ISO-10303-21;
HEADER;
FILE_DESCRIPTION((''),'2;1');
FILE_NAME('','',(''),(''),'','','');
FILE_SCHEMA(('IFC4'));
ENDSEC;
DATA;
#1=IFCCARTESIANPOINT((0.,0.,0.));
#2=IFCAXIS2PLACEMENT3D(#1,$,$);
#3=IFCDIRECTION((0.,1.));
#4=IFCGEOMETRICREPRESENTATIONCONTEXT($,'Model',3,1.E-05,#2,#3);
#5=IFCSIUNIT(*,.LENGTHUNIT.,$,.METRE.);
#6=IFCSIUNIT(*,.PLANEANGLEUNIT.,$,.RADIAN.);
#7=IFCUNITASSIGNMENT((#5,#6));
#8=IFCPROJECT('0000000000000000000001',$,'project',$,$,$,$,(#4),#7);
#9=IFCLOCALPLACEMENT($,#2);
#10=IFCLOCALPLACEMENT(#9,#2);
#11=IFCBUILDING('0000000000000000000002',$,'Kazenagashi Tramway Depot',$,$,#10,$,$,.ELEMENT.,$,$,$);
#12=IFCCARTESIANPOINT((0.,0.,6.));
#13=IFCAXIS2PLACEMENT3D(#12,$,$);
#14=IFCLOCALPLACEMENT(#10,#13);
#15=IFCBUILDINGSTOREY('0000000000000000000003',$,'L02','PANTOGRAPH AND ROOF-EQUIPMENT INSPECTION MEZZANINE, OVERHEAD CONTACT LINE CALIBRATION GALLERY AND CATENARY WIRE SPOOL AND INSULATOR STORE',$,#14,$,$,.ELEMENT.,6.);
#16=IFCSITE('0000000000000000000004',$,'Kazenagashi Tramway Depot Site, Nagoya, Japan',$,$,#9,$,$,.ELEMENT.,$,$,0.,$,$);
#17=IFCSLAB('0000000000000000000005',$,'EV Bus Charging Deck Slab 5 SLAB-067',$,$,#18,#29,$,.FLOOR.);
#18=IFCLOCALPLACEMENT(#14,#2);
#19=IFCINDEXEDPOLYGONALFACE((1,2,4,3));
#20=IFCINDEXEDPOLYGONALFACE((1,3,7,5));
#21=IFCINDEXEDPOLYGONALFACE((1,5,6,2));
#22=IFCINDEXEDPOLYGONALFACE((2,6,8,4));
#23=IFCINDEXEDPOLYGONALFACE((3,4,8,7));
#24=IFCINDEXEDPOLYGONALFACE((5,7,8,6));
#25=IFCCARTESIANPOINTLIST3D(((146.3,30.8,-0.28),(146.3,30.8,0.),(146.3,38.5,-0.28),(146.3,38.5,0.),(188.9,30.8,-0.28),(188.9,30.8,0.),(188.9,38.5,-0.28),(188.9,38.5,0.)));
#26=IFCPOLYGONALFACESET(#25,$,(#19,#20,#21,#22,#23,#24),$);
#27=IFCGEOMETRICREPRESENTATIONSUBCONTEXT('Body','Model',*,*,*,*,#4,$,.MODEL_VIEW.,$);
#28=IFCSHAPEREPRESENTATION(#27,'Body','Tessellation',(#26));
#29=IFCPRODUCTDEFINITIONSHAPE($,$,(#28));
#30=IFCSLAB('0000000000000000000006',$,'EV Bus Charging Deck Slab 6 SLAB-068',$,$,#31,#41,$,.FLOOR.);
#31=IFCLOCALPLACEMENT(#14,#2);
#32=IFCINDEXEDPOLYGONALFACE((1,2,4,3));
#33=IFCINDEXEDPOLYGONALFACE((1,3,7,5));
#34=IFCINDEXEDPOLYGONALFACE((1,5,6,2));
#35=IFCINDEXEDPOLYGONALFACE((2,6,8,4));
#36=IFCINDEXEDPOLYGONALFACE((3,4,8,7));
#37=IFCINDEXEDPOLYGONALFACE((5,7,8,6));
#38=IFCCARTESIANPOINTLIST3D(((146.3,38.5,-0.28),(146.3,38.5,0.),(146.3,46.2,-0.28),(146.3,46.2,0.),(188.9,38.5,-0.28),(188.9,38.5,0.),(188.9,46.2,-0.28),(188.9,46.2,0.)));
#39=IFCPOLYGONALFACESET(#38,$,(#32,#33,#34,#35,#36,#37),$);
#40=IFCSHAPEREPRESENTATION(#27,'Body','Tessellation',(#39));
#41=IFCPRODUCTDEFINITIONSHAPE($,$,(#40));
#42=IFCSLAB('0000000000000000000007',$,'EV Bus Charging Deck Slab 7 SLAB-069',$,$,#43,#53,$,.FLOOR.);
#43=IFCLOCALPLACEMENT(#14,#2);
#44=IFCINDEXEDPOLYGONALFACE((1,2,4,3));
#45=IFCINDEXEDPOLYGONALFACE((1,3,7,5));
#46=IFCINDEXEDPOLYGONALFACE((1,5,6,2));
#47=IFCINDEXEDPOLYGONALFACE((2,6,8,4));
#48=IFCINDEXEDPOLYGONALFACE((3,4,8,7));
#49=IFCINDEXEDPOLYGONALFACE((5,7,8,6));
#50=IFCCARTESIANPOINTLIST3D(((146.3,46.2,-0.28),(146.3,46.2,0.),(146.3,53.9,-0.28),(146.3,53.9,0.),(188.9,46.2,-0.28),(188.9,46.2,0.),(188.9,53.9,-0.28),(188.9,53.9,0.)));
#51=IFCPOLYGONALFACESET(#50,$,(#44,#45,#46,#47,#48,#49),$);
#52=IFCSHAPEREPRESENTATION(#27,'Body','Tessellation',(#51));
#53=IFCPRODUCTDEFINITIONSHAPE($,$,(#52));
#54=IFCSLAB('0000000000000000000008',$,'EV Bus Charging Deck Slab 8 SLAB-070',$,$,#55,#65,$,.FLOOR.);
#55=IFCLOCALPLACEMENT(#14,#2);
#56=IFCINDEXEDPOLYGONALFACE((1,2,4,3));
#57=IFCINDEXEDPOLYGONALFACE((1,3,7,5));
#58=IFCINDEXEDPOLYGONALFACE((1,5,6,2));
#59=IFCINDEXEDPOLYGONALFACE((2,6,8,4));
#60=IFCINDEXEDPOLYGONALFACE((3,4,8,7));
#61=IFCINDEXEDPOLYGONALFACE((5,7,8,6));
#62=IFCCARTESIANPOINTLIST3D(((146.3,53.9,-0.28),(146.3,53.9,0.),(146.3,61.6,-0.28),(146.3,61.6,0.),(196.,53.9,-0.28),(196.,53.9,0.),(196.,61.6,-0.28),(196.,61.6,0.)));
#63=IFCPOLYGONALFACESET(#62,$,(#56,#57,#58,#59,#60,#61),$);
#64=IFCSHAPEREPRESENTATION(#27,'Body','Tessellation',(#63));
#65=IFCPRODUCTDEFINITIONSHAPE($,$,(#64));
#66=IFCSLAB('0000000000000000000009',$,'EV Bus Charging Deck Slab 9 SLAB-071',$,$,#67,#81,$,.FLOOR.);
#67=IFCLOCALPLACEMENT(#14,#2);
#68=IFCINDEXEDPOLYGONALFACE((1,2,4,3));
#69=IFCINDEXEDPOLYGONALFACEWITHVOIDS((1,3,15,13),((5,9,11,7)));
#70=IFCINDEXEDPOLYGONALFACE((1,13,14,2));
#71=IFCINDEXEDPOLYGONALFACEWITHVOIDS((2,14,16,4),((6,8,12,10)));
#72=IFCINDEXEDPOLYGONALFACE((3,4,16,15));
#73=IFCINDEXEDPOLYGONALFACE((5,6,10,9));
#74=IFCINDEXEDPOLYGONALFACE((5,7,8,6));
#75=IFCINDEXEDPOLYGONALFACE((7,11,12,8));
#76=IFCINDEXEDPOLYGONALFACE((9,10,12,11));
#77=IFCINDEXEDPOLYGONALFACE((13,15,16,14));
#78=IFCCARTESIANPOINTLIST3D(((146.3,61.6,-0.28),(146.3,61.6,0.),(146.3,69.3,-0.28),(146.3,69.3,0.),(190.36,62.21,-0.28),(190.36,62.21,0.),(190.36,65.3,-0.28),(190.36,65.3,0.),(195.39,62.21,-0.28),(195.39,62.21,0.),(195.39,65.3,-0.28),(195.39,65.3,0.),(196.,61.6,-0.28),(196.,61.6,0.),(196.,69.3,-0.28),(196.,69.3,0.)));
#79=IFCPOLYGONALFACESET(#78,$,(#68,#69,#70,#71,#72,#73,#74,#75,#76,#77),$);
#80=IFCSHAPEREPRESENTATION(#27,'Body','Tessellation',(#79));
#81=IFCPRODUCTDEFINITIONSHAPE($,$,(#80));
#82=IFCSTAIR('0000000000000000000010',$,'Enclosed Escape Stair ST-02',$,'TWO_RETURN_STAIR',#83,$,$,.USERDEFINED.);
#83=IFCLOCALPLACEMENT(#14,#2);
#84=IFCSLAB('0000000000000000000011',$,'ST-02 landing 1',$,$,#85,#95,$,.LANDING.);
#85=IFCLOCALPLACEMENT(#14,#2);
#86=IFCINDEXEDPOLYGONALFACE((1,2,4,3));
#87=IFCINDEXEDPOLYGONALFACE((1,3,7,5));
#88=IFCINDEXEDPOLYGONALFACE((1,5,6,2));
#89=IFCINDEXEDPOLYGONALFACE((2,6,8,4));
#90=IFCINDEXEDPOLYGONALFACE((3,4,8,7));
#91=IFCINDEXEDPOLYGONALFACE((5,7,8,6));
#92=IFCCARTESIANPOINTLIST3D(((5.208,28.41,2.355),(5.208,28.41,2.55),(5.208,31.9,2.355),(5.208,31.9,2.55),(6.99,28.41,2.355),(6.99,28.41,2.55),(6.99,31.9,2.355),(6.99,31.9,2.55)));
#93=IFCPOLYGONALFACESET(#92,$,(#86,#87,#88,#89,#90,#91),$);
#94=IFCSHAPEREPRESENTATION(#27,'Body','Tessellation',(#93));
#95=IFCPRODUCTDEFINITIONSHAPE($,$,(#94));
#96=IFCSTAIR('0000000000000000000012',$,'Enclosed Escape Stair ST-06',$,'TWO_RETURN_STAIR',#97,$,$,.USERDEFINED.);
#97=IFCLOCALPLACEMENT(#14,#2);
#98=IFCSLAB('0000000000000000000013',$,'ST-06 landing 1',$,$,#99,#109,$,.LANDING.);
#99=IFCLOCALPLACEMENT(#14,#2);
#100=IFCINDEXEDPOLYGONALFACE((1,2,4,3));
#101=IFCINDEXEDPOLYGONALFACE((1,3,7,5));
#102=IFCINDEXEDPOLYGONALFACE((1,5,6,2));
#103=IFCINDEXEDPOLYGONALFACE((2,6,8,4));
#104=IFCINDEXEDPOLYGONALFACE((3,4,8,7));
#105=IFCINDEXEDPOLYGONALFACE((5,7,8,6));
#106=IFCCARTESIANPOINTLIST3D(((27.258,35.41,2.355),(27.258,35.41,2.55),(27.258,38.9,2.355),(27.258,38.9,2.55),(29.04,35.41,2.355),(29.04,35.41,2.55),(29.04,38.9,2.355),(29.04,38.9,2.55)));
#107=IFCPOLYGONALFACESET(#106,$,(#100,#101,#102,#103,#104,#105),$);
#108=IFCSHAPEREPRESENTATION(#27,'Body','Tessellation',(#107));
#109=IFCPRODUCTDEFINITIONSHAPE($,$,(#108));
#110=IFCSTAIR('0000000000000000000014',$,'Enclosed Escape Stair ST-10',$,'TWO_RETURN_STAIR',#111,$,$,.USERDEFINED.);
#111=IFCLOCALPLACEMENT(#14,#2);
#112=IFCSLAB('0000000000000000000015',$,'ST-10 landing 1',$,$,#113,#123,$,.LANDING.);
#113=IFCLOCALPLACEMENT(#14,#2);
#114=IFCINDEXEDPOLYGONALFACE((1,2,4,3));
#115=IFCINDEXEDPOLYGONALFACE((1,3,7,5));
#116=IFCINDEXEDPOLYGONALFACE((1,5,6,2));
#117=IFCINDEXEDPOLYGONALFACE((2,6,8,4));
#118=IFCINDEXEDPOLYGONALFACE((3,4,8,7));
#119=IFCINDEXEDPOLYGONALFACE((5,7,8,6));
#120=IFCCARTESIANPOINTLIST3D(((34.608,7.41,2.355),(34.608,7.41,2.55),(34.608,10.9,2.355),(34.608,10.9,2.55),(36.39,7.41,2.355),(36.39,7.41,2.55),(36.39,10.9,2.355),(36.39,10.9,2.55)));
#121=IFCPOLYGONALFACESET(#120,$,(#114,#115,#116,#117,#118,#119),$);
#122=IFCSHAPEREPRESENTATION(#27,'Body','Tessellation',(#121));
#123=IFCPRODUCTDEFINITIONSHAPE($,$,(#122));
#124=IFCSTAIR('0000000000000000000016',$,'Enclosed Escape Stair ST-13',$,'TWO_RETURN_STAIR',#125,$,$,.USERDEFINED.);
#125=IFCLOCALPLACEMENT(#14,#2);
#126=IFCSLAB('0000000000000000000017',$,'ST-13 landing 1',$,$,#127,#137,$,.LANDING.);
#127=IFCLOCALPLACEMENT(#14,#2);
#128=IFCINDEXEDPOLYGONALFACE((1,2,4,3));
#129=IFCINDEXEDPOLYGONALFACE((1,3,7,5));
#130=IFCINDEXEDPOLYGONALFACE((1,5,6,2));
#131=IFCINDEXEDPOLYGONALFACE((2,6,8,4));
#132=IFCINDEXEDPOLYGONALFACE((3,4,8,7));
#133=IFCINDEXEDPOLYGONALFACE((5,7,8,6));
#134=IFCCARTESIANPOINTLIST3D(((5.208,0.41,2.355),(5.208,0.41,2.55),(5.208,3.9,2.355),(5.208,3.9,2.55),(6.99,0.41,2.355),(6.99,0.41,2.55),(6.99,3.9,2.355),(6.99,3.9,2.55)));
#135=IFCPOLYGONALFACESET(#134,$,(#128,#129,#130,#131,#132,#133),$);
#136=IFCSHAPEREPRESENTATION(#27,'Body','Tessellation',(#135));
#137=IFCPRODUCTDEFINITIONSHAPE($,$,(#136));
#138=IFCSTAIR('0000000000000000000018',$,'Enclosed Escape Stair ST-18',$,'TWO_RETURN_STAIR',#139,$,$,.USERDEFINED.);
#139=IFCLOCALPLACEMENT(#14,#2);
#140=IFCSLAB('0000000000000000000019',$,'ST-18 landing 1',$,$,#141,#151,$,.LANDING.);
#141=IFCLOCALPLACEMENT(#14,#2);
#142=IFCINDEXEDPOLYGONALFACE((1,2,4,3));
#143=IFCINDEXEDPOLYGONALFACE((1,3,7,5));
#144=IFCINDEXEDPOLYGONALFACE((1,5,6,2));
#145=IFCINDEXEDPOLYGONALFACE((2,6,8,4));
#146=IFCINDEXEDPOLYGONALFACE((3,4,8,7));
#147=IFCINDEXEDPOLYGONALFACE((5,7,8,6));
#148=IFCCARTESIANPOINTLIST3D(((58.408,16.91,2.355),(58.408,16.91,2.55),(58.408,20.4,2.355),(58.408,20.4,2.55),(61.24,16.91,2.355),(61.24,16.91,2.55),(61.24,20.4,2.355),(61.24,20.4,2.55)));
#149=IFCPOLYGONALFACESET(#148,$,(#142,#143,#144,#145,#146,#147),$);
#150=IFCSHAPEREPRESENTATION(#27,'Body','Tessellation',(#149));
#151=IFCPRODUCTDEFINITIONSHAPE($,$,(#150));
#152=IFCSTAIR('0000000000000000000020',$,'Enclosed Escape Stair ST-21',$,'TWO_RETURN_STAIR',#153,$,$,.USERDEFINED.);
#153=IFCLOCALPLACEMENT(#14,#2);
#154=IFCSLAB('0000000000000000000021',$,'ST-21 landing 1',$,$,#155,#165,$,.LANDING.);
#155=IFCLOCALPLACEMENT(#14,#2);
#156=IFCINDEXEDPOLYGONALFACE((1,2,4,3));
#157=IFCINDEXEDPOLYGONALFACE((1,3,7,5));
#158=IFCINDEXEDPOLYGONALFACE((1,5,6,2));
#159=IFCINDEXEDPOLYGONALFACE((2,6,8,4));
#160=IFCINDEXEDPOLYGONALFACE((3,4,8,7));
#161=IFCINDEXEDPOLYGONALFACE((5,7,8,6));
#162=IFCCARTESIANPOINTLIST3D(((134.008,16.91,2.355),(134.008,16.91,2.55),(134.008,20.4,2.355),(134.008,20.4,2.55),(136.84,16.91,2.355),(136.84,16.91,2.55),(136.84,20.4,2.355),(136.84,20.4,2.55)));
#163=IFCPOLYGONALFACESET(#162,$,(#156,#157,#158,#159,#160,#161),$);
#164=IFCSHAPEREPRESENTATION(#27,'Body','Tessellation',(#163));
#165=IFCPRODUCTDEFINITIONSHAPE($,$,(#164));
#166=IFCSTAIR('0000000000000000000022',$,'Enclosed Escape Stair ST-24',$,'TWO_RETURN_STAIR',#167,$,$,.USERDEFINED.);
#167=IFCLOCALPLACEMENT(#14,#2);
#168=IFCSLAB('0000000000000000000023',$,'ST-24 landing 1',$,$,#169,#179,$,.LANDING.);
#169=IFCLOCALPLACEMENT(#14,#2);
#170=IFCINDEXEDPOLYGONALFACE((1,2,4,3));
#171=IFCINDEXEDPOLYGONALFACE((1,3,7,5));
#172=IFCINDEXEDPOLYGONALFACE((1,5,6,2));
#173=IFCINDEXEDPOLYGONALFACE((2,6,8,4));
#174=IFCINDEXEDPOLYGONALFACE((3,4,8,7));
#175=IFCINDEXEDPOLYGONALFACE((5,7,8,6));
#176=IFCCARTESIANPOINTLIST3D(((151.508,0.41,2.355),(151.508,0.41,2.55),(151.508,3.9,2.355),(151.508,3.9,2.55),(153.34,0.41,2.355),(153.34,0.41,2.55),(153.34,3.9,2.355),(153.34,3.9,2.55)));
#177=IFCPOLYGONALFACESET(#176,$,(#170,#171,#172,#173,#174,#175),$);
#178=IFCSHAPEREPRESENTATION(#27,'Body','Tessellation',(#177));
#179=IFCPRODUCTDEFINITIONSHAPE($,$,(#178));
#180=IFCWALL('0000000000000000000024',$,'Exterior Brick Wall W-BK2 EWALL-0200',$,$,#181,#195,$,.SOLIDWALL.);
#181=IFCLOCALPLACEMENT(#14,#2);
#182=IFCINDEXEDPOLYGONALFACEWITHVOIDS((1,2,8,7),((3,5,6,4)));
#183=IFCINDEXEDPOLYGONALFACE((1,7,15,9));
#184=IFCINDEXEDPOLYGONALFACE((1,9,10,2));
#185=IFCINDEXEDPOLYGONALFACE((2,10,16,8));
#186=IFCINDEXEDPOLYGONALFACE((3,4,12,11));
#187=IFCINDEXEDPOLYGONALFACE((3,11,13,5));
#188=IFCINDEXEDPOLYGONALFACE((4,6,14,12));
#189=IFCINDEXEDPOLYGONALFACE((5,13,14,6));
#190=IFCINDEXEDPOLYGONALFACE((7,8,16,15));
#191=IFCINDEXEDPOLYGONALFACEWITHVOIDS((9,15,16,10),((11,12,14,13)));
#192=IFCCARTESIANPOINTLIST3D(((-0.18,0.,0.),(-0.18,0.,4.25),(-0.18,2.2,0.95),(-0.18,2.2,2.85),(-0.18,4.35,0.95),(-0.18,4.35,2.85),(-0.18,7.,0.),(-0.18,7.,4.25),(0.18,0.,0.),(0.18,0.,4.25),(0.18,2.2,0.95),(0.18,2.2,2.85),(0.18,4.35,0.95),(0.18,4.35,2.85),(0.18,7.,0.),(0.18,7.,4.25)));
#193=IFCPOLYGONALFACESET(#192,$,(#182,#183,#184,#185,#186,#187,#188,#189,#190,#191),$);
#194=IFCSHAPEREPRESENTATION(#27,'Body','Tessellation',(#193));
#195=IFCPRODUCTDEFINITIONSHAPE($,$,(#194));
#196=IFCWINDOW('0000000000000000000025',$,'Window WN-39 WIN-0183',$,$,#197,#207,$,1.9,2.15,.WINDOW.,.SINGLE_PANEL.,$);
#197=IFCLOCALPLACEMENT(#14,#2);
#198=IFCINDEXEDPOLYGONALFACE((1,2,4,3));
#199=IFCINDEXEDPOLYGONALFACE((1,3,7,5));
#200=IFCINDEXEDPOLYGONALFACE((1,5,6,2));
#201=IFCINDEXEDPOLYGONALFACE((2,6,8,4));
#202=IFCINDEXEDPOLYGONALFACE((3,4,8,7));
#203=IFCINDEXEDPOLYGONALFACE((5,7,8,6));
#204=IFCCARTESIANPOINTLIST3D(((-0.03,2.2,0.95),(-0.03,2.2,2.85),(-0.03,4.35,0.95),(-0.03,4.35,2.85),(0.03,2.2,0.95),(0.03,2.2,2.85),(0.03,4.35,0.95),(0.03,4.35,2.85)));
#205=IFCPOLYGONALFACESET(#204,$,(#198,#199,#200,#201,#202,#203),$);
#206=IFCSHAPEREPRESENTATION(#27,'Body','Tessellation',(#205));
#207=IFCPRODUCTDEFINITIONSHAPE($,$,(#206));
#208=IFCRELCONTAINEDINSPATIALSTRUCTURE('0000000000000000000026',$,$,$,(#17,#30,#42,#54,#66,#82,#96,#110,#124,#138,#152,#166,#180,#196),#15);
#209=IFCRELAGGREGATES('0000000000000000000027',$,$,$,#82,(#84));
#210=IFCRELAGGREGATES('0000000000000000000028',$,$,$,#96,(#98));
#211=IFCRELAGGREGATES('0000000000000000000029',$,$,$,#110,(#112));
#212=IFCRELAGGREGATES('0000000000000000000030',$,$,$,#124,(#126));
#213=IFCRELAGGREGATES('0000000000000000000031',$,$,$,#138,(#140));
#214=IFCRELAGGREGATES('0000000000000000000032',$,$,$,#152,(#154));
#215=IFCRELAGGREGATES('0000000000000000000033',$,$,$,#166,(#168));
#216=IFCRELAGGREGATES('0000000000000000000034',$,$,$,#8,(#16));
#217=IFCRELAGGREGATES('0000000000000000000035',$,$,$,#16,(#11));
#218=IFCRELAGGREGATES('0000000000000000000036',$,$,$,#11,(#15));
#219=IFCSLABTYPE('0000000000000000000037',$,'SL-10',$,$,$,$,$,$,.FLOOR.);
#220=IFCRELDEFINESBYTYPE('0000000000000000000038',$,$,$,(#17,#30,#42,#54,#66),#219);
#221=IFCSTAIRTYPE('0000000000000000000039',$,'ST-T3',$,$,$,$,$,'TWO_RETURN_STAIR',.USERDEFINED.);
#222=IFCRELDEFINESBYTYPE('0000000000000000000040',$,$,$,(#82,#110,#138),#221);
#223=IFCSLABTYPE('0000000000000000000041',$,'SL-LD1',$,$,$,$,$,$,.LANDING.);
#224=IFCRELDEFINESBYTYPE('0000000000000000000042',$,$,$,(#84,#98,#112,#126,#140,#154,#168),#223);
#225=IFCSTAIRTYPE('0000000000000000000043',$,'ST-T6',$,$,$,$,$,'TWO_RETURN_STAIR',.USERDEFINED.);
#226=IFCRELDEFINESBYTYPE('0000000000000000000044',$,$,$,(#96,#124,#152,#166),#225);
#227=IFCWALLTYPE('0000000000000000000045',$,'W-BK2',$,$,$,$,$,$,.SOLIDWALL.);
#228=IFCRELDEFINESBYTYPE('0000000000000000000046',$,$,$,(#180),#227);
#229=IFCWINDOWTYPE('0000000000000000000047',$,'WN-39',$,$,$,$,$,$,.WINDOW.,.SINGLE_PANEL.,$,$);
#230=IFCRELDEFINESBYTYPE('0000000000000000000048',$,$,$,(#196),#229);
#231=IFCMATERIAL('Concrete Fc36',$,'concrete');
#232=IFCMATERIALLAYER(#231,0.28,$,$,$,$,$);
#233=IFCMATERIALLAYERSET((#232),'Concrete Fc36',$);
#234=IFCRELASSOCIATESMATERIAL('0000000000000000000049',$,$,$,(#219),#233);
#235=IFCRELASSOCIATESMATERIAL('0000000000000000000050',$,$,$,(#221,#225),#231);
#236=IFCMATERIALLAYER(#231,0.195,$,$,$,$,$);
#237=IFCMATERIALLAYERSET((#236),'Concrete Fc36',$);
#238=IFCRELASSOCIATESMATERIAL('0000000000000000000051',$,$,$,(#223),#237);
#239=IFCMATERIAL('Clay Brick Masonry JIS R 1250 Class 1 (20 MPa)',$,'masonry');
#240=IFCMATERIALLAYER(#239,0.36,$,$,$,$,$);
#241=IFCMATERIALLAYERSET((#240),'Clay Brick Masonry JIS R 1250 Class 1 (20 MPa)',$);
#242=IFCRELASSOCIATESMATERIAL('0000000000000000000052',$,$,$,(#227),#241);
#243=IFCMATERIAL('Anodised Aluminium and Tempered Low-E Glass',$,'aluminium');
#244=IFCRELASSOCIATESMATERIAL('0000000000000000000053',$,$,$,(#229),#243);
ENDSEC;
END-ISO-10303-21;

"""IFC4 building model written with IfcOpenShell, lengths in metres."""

from ifc_helpers import new_model, si_unit, direction, frame, frame_2d, origin, place, context, subcontext, project, spatial, polyline, rectangle, outline, extrude, material, layer, layer_set, type_object, element, fill, aggregate, save


model = new_model("IFC4")

# Units and contexts
model_context = context("Model", 3, precision=1e-05, world=origin(), true_north=direction((0.0, 1.0)))
body_context = subcontext(model_context, "Body", "Model", "MODEL_VIEW")
ifc_project = project(units=[si_unit("LENGTHUNIT", "METRE"), si_unit("PLANEANGLEUNIT", "RADIAN")], contexts=[model_context])

# Site, building, storey
site_placement = place(None, origin())
site = spatial("IfcSite", under=ifc_project, at=site_placement, Name="Kazenagashi Tramway Depot Site, Nagoya, Japan", CompositionType="ELEMENT", RefElevation=0.0)
building_placement = place(site_placement, origin())
building = spatial("IfcBuilding", under=site, at=building_placement, Name="Kazenagashi Tramway Depot", CompositionType="ELEMENT")
storey_placement = place(building_placement, frame((0.0, 0.0, 6.0)))
storey = spatial("IfcBuildingStorey", under=building, at=storey_placement, Name="L02", Description="PANTOGRAPH AND ROOF-EQUIPMENT INSPECTION MEZZANINE, OVERHEAD CONTACT LINE CALIBRATION GALLERY AND CATENARY WIRE SPOOL AND INSULATOR STORE", CompositionType="ELEMENT", Elevation=6.0)

# Slabs
ifc_material_1 = material(Name="Concrete Fc36", Category="concrete")
ifc_layer_1 = layer(ifc_material_1, 0.28)
ifc_layer_set_1 = layer_set([ifc_layer_1], Name="Concrete Fc36")
slab_type_1 = type_object("IfcSlabType", Name="SL-10", PredefinedType="FLOOR", material=ifc_layer_set_1)
slab_1_placement = place(storey_placement, frame((0.0, 0.0, -0.28)))
element("IfcSlab", 1, at=slab_1_placement, inside=storey, type_object=slab_type_1, Name="EV Bus Charging Deck Slab 5 SLAB-067", PredefinedType="FLOOR", context=body_context, shape_type="SweptSolid", body=[
    extrude(outline(polyline([(146.3, 30.8), (188.9, 30.8), (188.9, 38.5), (146.3, 38.5), (146.3, 30.8)])), origin(), (0.0, 0.0, 1.0), 0.28),
])
slab_2_placement = place(storey_placement, frame((0.0, 0.0, -0.28)))
element("IfcSlab", 2, at=slab_2_placement, inside=storey, type_object=slab_type_1, Name="EV Bus Charging Deck Slab 6 SLAB-068", PredefinedType="FLOOR", context=body_context, shape_type="SweptSolid", body=[
    extrude(outline(polyline([(146.3, 38.5), (188.9, 38.5), (188.9, 46.2), (146.3, 46.2), (146.3, 38.5)])), origin(), (0.0, 0.0, 1.0), 0.28),
])
slab_3_placement = place(storey_placement, frame((0.0, 0.0, -0.28)))
element("IfcSlab", 3, at=slab_3_placement, inside=storey, type_object=slab_type_1, Name="EV Bus Charging Deck Slab 7 SLAB-069", PredefinedType="FLOOR", context=body_context, shape_type="SweptSolid", body=[
    extrude(outline(polyline([(146.3, 46.2), (188.9, 46.2), (188.9, 53.9), (146.3, 53.9), (146.3, 46.2)])), origin(), (0.0, 0.0, 1.0), 0.28),
])
slab_4_placement = place(storey_placement, frame((0.0, 0.0, -0.28)))
element("IfcSlab", 4, at=slab_4_placement, inside=storey, type_object=slab_type_1, Name="EV Bus Charging Deck Slab 8 SLAB-070", PredefinedType="FLOOR", context=body_context, shape_type="SweptSolid", body=[
    extrude(outline(polyline([(146.3, 53.9), (196.0, 53.9), (196.0, 61.6), (146.3, 61.6), (146.3, 53.9)])), origin(), (0.0, 0.0, 1.0), 0.28),
])
slab_5_placement = place(storey_placement, frame((0.0, 0.0, -0.28)))
element("IfcSlab", 5, at=slab_5_placement, inside=storey, type_object=slab_type_1, Name="EV Bus Charging Deck Slab 9 SLAB-071", PredefinedType="FLOOR", context=body_context, shape_type="SweptSolid", body=[
    extrude(outline(polyline([(146.3, 69.3), (196.0, 69.3), (196.0, 61.6), (146.3, 61.6), (146.3, 69.3)]), holes=[polyline([(195.39, 65.3), (190.36, 65.3), (190.36, 62.21), (195.39, 62.21), (195.39, 65.3)])]), origin(), (0.0, 0.0, 1.0), 0.28),
])

# Stairs, slabs
stair_type_1 = type_object("IfcStairType", Name="ST-T3", ElementType="TWO_RETURN_STAIR", PredefinedType="USERDEFINED", material=ifc_material_1)
stair_1_placement = place(storey_placement, origin())
stair_1 = element("IfcStair", 6, at=stair_1_placement, inside=storey, type_object=stair_type_1, Name="Enclosed Escape Stair ST-02", ObjectType="TWO_RETURN_STAIR", PredefinedType="USERDEFINED")
ifc_layer_2 = layer(ifc_material_1, 0.195)
ifc_layer_set_2 = layer_set([ifc_layer_2], Name="Concrete Fc36")
slab_type_2 = type_object("IfcSlabType", Name="SL-LD1", PredefinedType="LANDING", material=ifc_layer_set_2)
slab_6_placement = place(storey_placement, frame((0.0, 0.0, 2.355)))
slab_6 = element("IfcSlab", 7, at=slab_6_placement, type_object=slab_type_2, Name="ST-02 landing 1", PredefinedType="LANDING", context=body_context, shape_type="SweptSolid", body=[
    extrude(outline(polyline([(5.208, 28.41), (6.99, 28.41), (6.99, 31.9), (5.208, 31.9), (5.208, 28.41)])), origin(), (0.0, 0.0, 1.0), 0.195),
])
aggregate(stair_1, [slab_6])
stair_type_2 = type_object("IfcStairType", Name="ST-T6", ElementType="TWO_RETURN_STAIR", PredefinedType="USERDEFINED", material=ifc_material_1)
stair_2_placement = place(storey_placement, origin())
stair_2 = element("IfcStair", 8, at=stair_2_placement, inside=storey, type_object=stair_type_2, Name="Enclosed Escape Stair ST-06", ObjectType="TWO_RETURN_STAIR", PredefinedType="USERDEFINED")
slab_7_placement = place(storey_placement, frame((0.0, 0.0, 2.355)))
slab_7 = element("IfcSlab", 9, at=slab_7_placement, type_object=slab_type_2, Name="ST-06 landing 1", PredefinedType="LANDING", context=body_context, shape_type="SweptSolid", body=[
    extrude(outline(polyline([(27.258, 35.41), (29.04, 35.41), (29.04, 38.9), (27.258, 38.9), (27.258, 35.41)])), origin(), (0.0, 0.0, 1.0), 0.195),
])
aggregate(stair_2, [slab_7])
stair_3_placement = place(storey_placement, origin())
stair_3 = element("IfcStair", 10, at=stair_3_placement, inside=storey, type_object=stair_type_1, Name="Enclosed Escape Stair ST-10", ObjectType="TWO_RETURN_STAIR", PredefinedType="USERDEFINED")
slab_8_placement = place(storey_placement, frame((0.0, 0.0, 2.355)))
slab_8 = element("IfcSlab", 11, at=slab_8_placement, type_object=slab_type_2, Name="ST-10 landing 1", PredefinedType="LANDING", context=body_context, shape_type="SweptSolid", body=[
    extrude(outline(polyline([(34.608, 7.41), (36.39, 7.41), (36.39, 10.9), (34.608, 10.9), (34.608, 7.41)])), origin(), (0.0, 0.0, 1.0), 0.195),
])
aggregate(stair_3, [slab_8])
stair_4_placement = place(storey_placement, origin())
stair_4 = element("IfcStair", 12, at=stair_4_placement, inside=storey, type_object=stair_type_2, Name="Enclosed Escape Stair ST-13", ObjectType="TWO_RETURN_STAIR", PredefinedType="USERDEFINED")
slab_9_placement = place(storey_placement, frame((0.0, 0.0, 2.355)))
slab_9 = element("IfcSlab", 13, at=slab_9_placement, type_object=slab_type_2, Name="ST-13 landing 1", PredefinedType="LANDING", context=body_context, shape_type="SweptSolid", body=[
    extrude(outline(polyline([(5.208, 0.41), (6.99, 0.41), (6.99, 3.9), (5.208, 3.9), (5.208, 0.41)])), origin(), (0.0, 0.0, 1.0), 0.195),
])
aggregate(stair_4, [slab_9])
stair_5_placement = place(storey_placement, origin())
stair_5 = element("IfcStair", 14, at=stair_5_placement, inside=storey, type_object=stair_type_1, Name="Enclosed Escape Stair ST-18", ObjectType="TWO_RETURN_STAIR", PredefinedType="USERDEFINED")
slab_10_placement = place(storey_placement, frame((0.0, 0.0, 2.355)))
slab_10 = element("IfcSlab", 15, at=slab_10_placement, type_object=slab_type_2, Name="ST-18 landing 1", PredefinedType="LANDING", context=body_context, shape_type="SweptSolid", body=[
    extrude(outline(polyline([(58.408, 16.91), (61.24, 16.91), (61.24, 20.4), (58.408, 20.4), (58.408, 16.91)])), origin(), (0.0, 0.0, 1.0), 0.195),
])
aggregate(stair_5, [slab_10])
stair_6_placement = place(storey_placement, origin())
stair_6 = element("IfcStair", 16, at=stair_6_placement, inside=storey, type_object=stair_type_2, Name="Enclosed Escape Stair ST-21", ObjectType="TWO_RETURN_STAIR", PredefinedType="USERDEFINED")
slab_11_placement = place(storey_placement, frame((0.0, 0.0, 2.355)))
slab_11 = element("IfcSlab", 17, at=slab_11_placement, type_object=slab_type_2, Name="ST-21 landing 1", PredefinedType="LANDING", context=body_context, shape_type="SweptSolid", body=[
    extrude(outline(polyline([(134.008, 16.91), (136.84, 16.91), (136.84, 20.4), (134.008, 20.4), (134.008, 16.91)])), origin(), (0.0, 0.0, 1.0), 0.195),
])
aggregate(stair_6, [slab_11])
stair_7_placement = place(storey_placement, origin())
stair_7 = element("IfcStair", 18, at=stair_7_placement, inside=storey, type_object=stair_type_2, Name="Enclosed Escape Stair ST-24", ObjectType="TWO_RETURN_STAIR", PredefinedType="USERDEFINED")
slab_12_placement = place(storey_placement, frame((0.0, 0.0, 2.355)))
slab_12 = element("IfcSlab", 19, at=slab_12_placement, type_object=slab_type_2, Name="ST-24 landing 1", PredefinedType="LANDING", context=body_context, shape_type="SweptSolid", body=[
    extrude(outline(polyline([(151.508, 0.41), (153.34, 0.41), (153.34, 3.9), (151.508, 3.9), (151.508, 0.41)])), origin(), (0.0, 0.0, 1.0), 0.195),
])
aggregate(stair_7, [slab_12])

# Wall, opening, window
ifc_material_2 = material(Name="Clay Brick Masonry JIS R 1250 Class 1 (20 MPa)", Category="masonry")
ifc_layer_3 = layer(ifc_material_2, 0.36)
ifc_layer_set_3 = layer_set([ifc_layer_3], Name="Clay Brick Masonry JIS R 1250 Class 1 (20 MPa)")
wall_type = type_object("IfcWallType", Name="W-BK2", PredefinedType="SOLIDWALL", material=ifc_layer_set_3)
wall_placement = place(storey_placement, frame((0.0, 0.0, 0.0), z_axis=(0.0, 0.0, 1.0), x_axis=(0.0, 1.0, 0.0)))
wall = element("IfcWall", 20, at=wall_placement, inside=storey, type_object=wall_type, Name="Exterior Brick Wall W-BK2 EWALL-0200", PredefinedType="SOLIDWALL", context=body_context, shape_type="SweptSolid", body=[
    extrude(rectangle(XDim=7.0, YDim=0.36, at=frame_2d((3.5, 0.0))), origin(), (0.0, 0.0, 1.0), 4.25),
])
opening_placement = place(wall_placement, frame((2.2, 0.0, 0.95)))
opening = element("IfcOpeningElement", 21, at=opening_placement, cuts=wall, PredefinedType="OPENING", context=body_context, shape_type="SweptSolid", body=[
    extrude(rectangle(XDim=2.15, YDim=1.9, at=frame_2d((1.075, 0.95))), frame((0.0, 0.19, 0.0), z_axis=(0.0, -1.0, 0.0), x_axis=(1.0, 0.0, 0.0)), (0.0, 0.0, 1.0), 0.38),
])
ifc_material_3 = material(Name="Anodised Aluminium and Tempered Low-E Glass", Category="aluminium")
window_type = type_object("IfcWindowType", Name="WN-39", PartitioningType="SINGLE_PANEL", PredefinedType="WINDOW", material=ifc_material_3)
window_placement = place(opening_placement, origin())
window = element("IfcWindow", 22, at=window_placement, inside=storey, type_object=window_type, Name="Window WN-39 WIN-0183", OverallHeight=1.9, OverallWidth=2.15, PartitioningType="SINGLE_PANEL", PredefinedType="WINDOW", context=body_context, shape_type="SweptSolid", body=[
    extrude(rectangle(XDim=2.15, YDim=1.9, at=frame_2d((1.075, 0.95))), frame((0.0, 0.03, 0.0), z_axis=(0.0, -1.0, 0.0), x_axis=(1.0, 0.0, 0.0)), (0.0, 0.0, 1.0), 0.06),
])
fill(opening, window)

save(model, "model.ifc")
